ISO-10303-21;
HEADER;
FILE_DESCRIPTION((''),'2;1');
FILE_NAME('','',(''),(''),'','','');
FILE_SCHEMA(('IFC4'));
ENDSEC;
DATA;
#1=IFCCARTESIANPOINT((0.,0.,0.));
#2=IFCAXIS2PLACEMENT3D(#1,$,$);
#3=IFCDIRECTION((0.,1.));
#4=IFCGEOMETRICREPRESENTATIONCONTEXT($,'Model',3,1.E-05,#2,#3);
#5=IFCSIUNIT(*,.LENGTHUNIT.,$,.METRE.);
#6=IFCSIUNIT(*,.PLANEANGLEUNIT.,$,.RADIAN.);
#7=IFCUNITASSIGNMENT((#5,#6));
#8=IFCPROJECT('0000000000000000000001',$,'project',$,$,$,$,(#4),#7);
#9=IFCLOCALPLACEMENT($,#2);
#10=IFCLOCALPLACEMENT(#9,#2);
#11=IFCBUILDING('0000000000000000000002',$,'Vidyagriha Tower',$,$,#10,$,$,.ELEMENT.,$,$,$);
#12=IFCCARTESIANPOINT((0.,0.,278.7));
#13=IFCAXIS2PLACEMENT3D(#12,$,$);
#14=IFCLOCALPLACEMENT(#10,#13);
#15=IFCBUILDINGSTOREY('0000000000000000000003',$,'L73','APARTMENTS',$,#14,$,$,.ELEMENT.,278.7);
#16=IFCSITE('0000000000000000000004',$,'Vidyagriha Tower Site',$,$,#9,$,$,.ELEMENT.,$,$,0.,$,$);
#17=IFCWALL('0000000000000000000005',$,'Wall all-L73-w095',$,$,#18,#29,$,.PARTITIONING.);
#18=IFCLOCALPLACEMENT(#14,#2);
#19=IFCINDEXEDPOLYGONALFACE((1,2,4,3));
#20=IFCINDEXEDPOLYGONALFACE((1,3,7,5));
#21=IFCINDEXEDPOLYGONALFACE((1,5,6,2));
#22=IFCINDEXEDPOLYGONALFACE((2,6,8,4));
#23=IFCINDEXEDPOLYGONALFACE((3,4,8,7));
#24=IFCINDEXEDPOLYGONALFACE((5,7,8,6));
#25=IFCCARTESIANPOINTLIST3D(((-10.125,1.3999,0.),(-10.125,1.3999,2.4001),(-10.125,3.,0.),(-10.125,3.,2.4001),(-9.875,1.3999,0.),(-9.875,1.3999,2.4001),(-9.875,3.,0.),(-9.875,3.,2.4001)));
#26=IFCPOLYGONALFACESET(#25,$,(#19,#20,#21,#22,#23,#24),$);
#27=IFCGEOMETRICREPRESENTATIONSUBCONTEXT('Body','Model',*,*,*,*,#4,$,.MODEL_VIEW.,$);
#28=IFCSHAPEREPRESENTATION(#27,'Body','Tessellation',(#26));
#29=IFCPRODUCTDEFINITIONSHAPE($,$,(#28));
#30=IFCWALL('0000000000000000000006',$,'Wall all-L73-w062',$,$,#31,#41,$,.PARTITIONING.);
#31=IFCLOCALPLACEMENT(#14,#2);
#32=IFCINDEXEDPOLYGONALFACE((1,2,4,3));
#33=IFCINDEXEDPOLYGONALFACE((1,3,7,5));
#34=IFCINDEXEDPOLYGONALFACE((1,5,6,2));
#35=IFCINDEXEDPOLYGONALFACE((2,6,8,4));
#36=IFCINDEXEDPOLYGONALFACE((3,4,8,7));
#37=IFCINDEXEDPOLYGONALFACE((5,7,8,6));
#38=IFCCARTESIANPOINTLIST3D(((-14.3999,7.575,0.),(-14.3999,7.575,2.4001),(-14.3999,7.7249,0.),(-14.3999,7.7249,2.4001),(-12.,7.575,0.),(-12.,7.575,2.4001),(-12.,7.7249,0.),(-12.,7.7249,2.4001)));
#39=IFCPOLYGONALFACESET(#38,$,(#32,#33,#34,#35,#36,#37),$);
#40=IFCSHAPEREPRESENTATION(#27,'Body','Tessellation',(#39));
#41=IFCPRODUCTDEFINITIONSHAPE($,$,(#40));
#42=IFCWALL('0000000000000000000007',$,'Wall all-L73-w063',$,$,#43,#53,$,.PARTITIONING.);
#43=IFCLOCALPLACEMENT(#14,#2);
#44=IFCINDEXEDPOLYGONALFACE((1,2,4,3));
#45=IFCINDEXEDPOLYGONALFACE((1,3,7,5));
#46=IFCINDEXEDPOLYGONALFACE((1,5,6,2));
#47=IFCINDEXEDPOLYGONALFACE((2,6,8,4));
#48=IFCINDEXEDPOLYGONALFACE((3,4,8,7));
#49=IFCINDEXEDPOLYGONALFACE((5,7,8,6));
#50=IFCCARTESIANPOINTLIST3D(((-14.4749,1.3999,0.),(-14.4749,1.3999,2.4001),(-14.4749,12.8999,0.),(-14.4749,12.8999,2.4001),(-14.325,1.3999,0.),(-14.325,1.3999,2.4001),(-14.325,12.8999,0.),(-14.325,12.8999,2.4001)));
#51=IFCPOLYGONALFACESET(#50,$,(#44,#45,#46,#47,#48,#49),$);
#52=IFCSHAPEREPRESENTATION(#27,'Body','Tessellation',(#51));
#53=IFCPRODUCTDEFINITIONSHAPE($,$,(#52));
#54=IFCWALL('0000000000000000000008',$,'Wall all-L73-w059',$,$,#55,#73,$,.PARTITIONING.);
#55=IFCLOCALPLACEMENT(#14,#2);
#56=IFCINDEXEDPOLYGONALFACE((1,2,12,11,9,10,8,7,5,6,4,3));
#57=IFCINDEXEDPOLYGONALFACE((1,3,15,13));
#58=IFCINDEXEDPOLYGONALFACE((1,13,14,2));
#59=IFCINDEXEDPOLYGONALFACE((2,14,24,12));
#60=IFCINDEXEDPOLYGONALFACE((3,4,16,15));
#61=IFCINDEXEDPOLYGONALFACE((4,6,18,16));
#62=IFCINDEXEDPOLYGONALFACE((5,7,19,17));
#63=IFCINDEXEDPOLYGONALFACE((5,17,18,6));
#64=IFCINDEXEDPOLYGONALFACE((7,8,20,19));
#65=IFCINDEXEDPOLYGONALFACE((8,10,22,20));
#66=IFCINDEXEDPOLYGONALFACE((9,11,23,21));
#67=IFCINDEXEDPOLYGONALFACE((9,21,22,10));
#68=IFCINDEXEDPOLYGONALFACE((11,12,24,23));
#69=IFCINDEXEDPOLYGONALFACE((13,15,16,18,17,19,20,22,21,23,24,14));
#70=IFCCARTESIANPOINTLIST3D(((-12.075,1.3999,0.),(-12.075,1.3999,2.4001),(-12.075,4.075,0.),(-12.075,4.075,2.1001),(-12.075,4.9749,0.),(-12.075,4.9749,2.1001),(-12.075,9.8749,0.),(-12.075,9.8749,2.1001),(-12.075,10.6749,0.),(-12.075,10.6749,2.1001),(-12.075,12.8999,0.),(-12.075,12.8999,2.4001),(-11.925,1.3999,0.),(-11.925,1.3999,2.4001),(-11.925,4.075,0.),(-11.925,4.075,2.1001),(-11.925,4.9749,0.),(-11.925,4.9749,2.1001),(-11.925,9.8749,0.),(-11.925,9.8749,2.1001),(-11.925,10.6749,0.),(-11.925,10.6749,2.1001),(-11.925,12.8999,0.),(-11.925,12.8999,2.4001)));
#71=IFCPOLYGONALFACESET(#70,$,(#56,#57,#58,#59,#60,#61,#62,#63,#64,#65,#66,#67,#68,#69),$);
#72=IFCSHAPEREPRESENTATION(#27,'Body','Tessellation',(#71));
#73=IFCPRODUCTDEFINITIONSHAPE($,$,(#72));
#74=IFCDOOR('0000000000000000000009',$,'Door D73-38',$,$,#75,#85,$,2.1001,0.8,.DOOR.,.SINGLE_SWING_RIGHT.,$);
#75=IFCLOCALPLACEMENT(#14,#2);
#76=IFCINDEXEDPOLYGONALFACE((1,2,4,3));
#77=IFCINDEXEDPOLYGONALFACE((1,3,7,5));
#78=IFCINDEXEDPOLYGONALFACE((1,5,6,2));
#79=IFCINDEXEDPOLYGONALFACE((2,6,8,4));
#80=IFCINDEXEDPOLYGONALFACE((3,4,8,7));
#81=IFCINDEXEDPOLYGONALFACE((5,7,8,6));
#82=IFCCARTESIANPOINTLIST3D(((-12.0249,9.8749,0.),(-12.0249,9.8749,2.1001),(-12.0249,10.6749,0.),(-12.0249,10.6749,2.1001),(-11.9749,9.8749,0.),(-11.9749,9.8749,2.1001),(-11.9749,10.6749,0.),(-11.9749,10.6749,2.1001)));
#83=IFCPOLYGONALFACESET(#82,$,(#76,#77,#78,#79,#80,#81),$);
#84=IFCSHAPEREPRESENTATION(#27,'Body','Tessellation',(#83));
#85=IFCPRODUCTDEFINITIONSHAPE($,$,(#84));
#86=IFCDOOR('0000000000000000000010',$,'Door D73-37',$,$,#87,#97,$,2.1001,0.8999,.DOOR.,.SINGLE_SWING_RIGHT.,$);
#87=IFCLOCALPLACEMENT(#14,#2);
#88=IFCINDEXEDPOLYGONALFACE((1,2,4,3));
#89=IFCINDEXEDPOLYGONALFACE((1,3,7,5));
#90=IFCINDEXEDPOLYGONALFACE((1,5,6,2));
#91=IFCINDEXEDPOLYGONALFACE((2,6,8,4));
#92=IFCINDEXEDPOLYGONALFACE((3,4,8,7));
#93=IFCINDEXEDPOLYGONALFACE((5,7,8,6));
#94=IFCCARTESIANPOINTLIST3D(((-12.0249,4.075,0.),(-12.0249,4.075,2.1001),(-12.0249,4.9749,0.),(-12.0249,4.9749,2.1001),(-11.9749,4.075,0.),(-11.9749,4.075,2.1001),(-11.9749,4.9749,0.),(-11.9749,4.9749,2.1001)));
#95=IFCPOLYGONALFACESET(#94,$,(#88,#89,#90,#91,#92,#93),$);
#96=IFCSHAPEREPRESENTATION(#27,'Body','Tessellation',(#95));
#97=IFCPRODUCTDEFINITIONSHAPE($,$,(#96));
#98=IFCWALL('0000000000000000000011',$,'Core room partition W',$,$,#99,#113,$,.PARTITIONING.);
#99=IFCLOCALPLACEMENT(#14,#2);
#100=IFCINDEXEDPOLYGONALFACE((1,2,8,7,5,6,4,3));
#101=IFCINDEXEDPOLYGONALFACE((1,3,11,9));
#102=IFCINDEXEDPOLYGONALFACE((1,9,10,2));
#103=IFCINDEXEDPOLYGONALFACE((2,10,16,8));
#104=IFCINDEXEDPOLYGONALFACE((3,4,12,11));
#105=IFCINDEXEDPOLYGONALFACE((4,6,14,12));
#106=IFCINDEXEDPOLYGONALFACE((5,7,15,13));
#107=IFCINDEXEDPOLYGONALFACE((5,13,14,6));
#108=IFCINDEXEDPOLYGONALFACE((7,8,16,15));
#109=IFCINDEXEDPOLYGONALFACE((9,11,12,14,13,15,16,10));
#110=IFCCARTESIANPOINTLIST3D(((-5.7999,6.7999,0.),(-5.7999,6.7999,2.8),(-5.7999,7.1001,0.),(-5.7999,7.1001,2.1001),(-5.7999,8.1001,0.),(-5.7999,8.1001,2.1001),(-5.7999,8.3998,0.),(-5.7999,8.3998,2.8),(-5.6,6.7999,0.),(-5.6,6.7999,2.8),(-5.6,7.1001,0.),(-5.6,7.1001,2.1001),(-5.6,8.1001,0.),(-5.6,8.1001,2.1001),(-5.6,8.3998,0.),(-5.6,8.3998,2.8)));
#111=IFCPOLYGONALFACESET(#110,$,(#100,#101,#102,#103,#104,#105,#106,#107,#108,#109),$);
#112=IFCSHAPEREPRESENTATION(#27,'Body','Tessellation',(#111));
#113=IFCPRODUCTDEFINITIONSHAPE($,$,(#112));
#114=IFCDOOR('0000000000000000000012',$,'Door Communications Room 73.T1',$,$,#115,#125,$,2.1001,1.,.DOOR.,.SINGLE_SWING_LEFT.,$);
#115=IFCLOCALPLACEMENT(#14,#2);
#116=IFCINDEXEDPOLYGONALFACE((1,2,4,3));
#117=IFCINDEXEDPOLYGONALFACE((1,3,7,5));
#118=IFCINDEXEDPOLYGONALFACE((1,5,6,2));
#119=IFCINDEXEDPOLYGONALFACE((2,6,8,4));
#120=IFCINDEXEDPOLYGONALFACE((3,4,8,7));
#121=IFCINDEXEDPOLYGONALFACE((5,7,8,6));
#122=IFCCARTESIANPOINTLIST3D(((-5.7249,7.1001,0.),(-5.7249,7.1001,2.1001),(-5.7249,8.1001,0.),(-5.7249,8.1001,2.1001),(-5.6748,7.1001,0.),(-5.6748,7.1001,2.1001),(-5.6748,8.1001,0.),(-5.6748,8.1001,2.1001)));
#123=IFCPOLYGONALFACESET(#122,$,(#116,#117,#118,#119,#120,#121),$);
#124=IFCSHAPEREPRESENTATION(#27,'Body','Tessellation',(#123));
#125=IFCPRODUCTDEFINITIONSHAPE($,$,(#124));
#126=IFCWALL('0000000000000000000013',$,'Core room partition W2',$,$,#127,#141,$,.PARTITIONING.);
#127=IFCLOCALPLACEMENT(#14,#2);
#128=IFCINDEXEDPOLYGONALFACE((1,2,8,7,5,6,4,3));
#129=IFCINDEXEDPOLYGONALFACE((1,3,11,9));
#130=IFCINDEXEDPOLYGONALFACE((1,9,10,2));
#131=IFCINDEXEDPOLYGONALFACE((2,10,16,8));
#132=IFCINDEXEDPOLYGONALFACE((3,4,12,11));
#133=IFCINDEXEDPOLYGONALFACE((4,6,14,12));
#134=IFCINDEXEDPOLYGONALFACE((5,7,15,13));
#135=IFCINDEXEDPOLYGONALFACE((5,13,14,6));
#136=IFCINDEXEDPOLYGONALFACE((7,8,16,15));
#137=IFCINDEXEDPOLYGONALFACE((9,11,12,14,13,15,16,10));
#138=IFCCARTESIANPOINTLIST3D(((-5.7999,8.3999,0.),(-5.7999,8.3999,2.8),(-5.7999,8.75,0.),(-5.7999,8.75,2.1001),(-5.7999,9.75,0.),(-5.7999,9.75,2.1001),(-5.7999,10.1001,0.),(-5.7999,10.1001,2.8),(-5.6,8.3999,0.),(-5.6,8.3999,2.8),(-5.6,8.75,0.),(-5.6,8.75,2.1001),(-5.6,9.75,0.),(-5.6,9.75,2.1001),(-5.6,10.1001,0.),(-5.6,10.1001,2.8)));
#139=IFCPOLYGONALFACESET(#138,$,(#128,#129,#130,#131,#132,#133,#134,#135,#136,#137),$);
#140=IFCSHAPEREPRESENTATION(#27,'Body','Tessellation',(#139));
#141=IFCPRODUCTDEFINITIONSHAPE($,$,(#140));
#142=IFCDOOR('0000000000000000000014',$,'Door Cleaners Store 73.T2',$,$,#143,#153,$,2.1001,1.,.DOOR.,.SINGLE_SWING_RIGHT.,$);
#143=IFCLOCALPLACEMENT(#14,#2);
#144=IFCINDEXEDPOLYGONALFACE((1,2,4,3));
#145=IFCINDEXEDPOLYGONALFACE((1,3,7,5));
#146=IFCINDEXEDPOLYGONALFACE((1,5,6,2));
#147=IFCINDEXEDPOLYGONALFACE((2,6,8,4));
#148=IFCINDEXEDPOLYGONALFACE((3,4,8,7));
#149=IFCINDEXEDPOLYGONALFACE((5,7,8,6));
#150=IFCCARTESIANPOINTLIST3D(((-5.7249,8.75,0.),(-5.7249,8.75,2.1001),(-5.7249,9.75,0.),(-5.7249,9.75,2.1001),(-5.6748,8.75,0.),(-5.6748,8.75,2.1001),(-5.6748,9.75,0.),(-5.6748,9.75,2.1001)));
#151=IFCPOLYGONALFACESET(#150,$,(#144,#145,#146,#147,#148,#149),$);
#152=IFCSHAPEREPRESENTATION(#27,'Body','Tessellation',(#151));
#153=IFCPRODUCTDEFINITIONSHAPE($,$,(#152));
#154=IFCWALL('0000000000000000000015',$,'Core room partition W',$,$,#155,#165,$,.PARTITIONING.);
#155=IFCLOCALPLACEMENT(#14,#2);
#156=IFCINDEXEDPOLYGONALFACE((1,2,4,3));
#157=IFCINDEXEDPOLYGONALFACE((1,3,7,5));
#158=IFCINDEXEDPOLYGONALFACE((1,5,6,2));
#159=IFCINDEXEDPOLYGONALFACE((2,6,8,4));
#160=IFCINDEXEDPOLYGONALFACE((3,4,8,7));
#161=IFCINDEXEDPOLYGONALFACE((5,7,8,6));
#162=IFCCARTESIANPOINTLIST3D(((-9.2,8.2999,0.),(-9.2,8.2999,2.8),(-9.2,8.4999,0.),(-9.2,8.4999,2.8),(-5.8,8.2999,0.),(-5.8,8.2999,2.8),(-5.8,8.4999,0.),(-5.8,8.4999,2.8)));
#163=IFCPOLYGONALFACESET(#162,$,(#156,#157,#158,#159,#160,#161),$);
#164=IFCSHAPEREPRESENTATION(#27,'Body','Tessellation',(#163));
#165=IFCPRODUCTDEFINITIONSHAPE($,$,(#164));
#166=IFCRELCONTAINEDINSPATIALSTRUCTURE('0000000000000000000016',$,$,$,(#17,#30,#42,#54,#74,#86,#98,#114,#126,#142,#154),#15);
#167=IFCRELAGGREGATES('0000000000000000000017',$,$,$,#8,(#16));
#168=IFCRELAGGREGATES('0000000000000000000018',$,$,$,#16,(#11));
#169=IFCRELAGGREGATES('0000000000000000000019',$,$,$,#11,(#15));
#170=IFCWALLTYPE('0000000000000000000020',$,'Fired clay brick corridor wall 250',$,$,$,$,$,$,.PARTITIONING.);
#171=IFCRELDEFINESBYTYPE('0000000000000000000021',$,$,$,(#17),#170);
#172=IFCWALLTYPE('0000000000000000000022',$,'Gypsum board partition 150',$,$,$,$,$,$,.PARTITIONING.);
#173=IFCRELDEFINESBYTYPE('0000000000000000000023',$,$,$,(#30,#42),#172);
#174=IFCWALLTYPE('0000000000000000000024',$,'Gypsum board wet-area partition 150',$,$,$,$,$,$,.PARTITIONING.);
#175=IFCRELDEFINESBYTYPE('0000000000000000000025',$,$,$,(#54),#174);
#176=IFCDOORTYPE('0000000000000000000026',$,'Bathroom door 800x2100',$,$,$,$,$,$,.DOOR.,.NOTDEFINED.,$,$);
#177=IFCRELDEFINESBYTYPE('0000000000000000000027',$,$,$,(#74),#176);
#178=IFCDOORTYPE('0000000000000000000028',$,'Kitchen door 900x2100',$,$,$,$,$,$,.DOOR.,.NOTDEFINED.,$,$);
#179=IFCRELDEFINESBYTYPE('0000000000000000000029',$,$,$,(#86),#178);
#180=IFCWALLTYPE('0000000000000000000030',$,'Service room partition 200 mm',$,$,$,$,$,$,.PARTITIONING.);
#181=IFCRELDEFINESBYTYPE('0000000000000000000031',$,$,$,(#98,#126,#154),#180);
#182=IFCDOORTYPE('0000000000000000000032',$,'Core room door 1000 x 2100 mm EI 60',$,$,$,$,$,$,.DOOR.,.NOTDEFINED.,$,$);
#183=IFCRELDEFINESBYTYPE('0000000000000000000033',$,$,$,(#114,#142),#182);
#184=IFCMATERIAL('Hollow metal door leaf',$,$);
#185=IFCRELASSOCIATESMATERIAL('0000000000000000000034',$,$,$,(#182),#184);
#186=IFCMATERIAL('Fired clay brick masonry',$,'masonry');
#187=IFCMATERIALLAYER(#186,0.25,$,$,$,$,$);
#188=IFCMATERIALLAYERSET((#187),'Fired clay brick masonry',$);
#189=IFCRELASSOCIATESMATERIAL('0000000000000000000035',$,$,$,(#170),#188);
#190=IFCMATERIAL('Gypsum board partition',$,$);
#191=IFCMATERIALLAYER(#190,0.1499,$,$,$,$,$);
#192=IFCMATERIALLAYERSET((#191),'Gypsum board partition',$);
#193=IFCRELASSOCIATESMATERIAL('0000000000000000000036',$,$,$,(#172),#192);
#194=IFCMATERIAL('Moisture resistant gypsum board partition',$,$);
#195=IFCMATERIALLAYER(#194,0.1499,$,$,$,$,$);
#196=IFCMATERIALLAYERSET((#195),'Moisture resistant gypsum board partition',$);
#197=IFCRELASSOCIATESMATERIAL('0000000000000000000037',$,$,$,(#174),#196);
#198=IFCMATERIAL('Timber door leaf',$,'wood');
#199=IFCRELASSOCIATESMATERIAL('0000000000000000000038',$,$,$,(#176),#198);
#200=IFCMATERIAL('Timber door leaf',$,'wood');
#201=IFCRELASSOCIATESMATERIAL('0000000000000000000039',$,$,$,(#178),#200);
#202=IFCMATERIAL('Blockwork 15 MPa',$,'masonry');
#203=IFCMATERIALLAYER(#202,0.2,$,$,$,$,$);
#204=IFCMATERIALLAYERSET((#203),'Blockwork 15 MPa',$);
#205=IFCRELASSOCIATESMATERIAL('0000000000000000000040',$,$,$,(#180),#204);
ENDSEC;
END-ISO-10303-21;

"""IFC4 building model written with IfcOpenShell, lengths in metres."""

from ifc_helpers import new_model, si_unit, direction, frame, frame_2d, origin, place, context, subcontext, project, spatial, rectangle, extrude, material, layer, layer_set, type_object, element, fill, save


model = new_model("IFC4")

# Units and contexts
model_context = context("Model", 3, precision=1e-05, world=origin(), true_north=direction((0.0, 1.0)))
body_context = subcontext(model_context, "Body", "Model", "MODEL_VIEW")
ifc_project = project(units=[si_unit("LENGTHUNIT", "METRE"), si_unit("PLANEANGLEUNIT", "RADIAN")], contexts=[model_context])

# Site, building, storey
site_placement = place(None, origin())
site = spatial("IfcSite", under=ifc_project, at=site_placement, Name="Vidyagriha Tower Site", CompositionType="ELEMENT", RefElevation=0.0)
building_placement = place(site_placement, origin())
building = spatial("IfcBuilding", under=site, at=building_placement, Name="Vidyagriha Tower", CompositionType="ELEMENT")
storey_placement = place(building_placement, frame((0.0, 0.0, 278.7)))
storey = spatial("IfcBuildingStorey", under=building, at=storey_placement, Name="L73", Description="APARTMENTS", CompositionType="ELEMENT", Elevation=278.7)

# Shared definitions
ifc_material_1 = material(Name="Hollow metal door leaf")
door_type_1 = type_object("IfcDoorType", Name="Core room door 1000 x 2100 mm EI 60", OperationType="NOTDEFINED", PredefinedType="DOOR", material=ifc_material_1)

# Walls
ifc_material_2 = material(Name="Fired clay brick masonry", Category="masonry")
ifc_layer_1 = layer(ifc_material_2, 0.25)
ifc_layer_set_1 = layer_set([ifc_layer_1], Name="Fired clay brick masonry")
wall_type_1 = type_object("IfcWallType", Name="Fired clay brick corridor wall 250", PredefinedType="PARTITIONING", material=ifc_layer_set_1)
wall_1_placement = place(storey_placement, frame((-10.0, 3.0, 0.0), z_axis=(0.0, 0.0, 1.0), x_axis=(0.0, -1.0, 0.0)))
element("IfcWall", 1, at=wall_1_placement, inside=storey, type_object=wall_type_1, Name="Wall all-L73-w095", PredefinedType="PARTITIONING", context=body_context, shape_type="SweptSolid", body=[
    extrude(rectangle(XDim=1.6001, YDim=0.25, at=frame_2d((0.8, 0.0))), origin(), (0.0, 0.0, 1.0), 2.4001),
])
ifc_material_3 = material(Name="Gypsum board partition")
ifc_layer_2 = layer(ifc_material_3, 0.1499)
ifc_layer_set_2 = layer_set([ifc_layer_2], Name="Gypsum board partition")
wall_type_2 = type_object("IfcWallType", Name="Gypsum board partition 150", PredefinedType="PARTITIONING", material=ifc_layer_set_2)
wall_2_placement = place(storey_placement, frame((-14.3999, 7.6499, 0.0)))
element("IfcWall", 2, at=wall_2_placement, inside=storey, type_object=wall_type_2, Name="Wall all-L73-w062", PredefinedType="PARTITIONING", context=body_context, shape_type="SweptSolid", body=[
    extrude(rectangle(XDim=2.3999, YDim=0.1499, at=frame_2d((1.2, 0.0))), origin(), (0.0, 0.0, 1.0), 2.4001),
])
wall_3_placement = place(storey_placement, frame((-14.3999, 1.3999, 0.0), z_axis=(0.0, 0.0, 1.0), x_axis=(0.0, 1.0, 0.0)))
element("IfcWall", 3, at=wall_3_placement, inside=storey, type_object=wall_type_2, Name="Wall all-L73-w063", PredefinedType="PARTITIONING", context=body_context, shape_type="SweptSolid", body=[
    extrude(rectangle(XDim=11.5, YDim=0.1499, at=frame_2d((5.75, 0.0))), origin(), (0.0, 0.0, 1.0), 2.4001),
])

# Wall, openings, doors
ifc_material_4 = material(Name="Moisture resistant gypsum board partition")
ifc_layer_3 = layer(ifc_material_4, 0.1499)
ifc_layer_set_3 = layer_set([ifc_layer_3], Name="Moisture resistant gypsum board partition")
wall_type_3 = type_object("IfcWallType", Name="Gypsum board wet-area partition 150", PredefinedType="PARTITIONING", material=ifc_layer_set_3)
wall_4_placement = place(storey_placement, frame((-12.0, 1.3999, 0.0), z_axis=(0.0, 0.0, 1.0), x_axis=(0.0, 1.0, 0.0)))
wall_4 = element("IfcWall", 4, at=wall_4_placement, inside=storey, type_object=wall_type_3, Name="Wall all-L73-w059", PredefinedType="PARTITIONING", context=body_context, shape_type="SweptSolid", body=[
    extrude(rectangle(XDim=11.5, YDim=0.1499, at=frame_2d((5.75, 0.0))), origin(), (0.0, 0.0, 1.0), 2.4001),
])
opening_1_placement = place(wall_4_placement, frame((2.675, 0.0, 0.0)))
opening_1 = element("IfcOpeningElement", 5, at=opening_1_placement, cuts=wall_4, PredefinedType="OPENING", context=body_context, shape_type="SweptSolid", body=[
    extrude(rectangle(XDim=0.8999, YDim=2.1001, at=frame_2d((0.45, 1.05))), frame((0.0, 0.085, 0.0), z_axis=(0.0, -1.0, 0.0), x_axis=(1.0, 0.0, 0.0)), (0.0, 0.0, 1.0), 0.1699),
])
opening_2_placement = place(wall_4_placement, frame((8.4751, 0.0, 0.0)))
opening_2 = element("IfcOpeningElement", 6, at=opening_2_placement, cuts=wall_4, PredefinedType="OPENING", context=body_context, shape_type="SweptSolid", body=[
    extrude(rectangle(XDim=0.8, YDim=2.1001, at=frame_2d((0.3999, 1.05))), frame((0.0, 0.085, 0.0), z_axis=(0.0, -1.0, 0.0), x_axis=(1.0, 0.0, 0.0)), (0.0, 0.0, 1.0), 0.1699),
])
ifc_material_5 = material(Name="Timber door leaf", Category="wood")
door_type_2 = type_object("IfcDoorType", Name="Bathroom door 800x2100", OperationType="NOTDEFINED", PredefinedType="DOOR", material=ifc_material_5)
door_1_placement = place(opening_2_placement, origin())
door_1 = element("IfcDoor", 7, at=door_1_placement, inside=storey, type_object=door_type_2, Name="Door D73-38", OperationType="SINGLE_SWING_RIGHT", OverallHeight=2.1001, OverallWidth=0.8, PredefinedType="DOOR", context=body_context, shape_type="SweptSolid", body=[
    extrude(rectangle(XDim=0.8, YDim=2.1001, at=frame_2d((0.3999, 1.05))), frame((0.0, 0.0249, 0.0), z_axis=(0.0, -1.0, 0.0), x_axis=(1.0, 0.0, 0.0)), (0.0, 0.0, 1.0), 0.05),
])
fill(opening_2, door_1)
ifc_material_6 = material(Name="Timber door leaf", Category="wood")
door_type_3 = type_object("IfcDoorType", Name="Kitchen door 900x2100", OperationType="NOTDEFINED", PredefinedType="DOOR", material=ifc_material_6)
door_2_placement = place(opening_1_placement, origin())
door_2 = element("IfcDoor", 8, at=door_2_placement, inside=storey, type_object=door_type_3, Name="Door D73-37", OperationType="SINGLE_SWING_RIGHT", OverallHeight=2.1001, OverallWidth=0.8999, PredefinedType="DOOR", context=body_context, shape_type="SweptSolid", body=[
    extrude(rectangle(XDim=0.8999, YDim=2.1001, at=frame_2d((0.45, 1.05))), frame((0.0, 0.0249, 0.0), z_axis=(0.0, -1.0, 0.0), x_axis=(1.0, 0.0, 0.0)), (0.0, 0.0, 1.0), 0.05),
])
fill(opening_1, door_2)

# Walls, openings, doors
ifc_material_7 = material(Name="Blockwork 15 MPa", Category="masonry")
ifc_layer_4 = layer(ifc_material_7, 0.2)
ifc_layer_set_4 = layer_set([ifc_layer_4], Name="Blockwork 15 MPa")
wall_type_4 = type_object("IfcWallType", Name="Service room partition 200 mm", PredefinedType="PARTITIONING", material=ifc_layer_set_4)
wall_5_placement = place(storey_placement, frame((-5.7, 6.8, 0.0), z_axis=(0.0, 0.0, 1.0), x_axis=(0.0, 1.0, 0.0)))
wall_5 = element("IfcWall", 9, at=wall_5_placement, inside=storey, type_object=wall_type_4, Name="Core room partition W", PredefinedType="PARTITIONING", context=body_context, shape_type="SweptSolid", body=[
    extrude(rectangle(XDim=1.5999, YDim=0.2, at=frame_2d((0.7998, 0.0))), origin(), (0.0, 0.0, 1.0), 2.8),
])
opening_3_placement = place(wall_5_placement, frame((0.3, 0.0, 0.0)))
opening_3 = element("IfcOpeningElement", 10, at=opening_3_placement, cuts=wall_5, PredefinedType="OPENING", context=body_context, shape_type="SweptSolid", body=[
    extrude(rectangle(XDim=1.0, YDim=2.1001, at=frame_2d((0.5, 1.05))), frame((0.0, 0.1099, 0.0), z_axis=(0.0, -1.0, 0.0), x_axis=(1.0, 0.0, 0.0)), (0.0, 0.0, 1.0), 0.22),
])
door_3_placement = place(opening_3_placement, origin())
door_3 = element("IfcDoor", 11, at=door_3_placement, inside=storey, type_object=door_type_1, Name="Door Communications Room 73.T1", OperationType="SINGLE_SWING_LEFT", OverallHeight=2.1001, OverallWidth=1.0, PredefinedType="DOOR", context=body_context, shape_type="SweptSolid", body=[
    extrude(rectangle(XDim=1.0, YDim=2.1001, at=frame_2d((0.5, 1.05))), frame((0.0, 0.0249, 0.0), z_axis=(0.0, -1.0, 0.0), x_axis=(1.0, 0.0, 0.0)), (0.0, 0.0, 1.0), 0.05),
])
fill(opening_3, door_3)
wall_6_placement = place(storey_placement, frame((-5.7, 8.3999, 0.0), z_axis=(0.0, 0.0, 1.0), x_axis=(0.0, 1.0, 0.0)))
wall_6 = element("IfcWall", 12, at=wall_6_placement, inside=storey, type_object=wall_type_4, Name="Core room partition W2", PredefinedType="PARTITIONING", context=body_context, shape_type="SweptSolid", body=[
    extrude(rectangle(XDim=1.7002, YDim=0.2, at=frame_2d((0.8501, 0.0))), origin(), (0.0, 0.0, 1.0), 2.8),
])
opening_4_placement = place(wall_6_placement, frame((0.3501, 0.0, 0.0)))
opening_4 = element("IfcOpeningElement", 13, at=opening_4_placement, cuts=wall_6, PredefinedType="OPENING", context=body_context, shape_type="SweptSolid", body=[
    extrude(rectangle(XDim=1.0, YDim=2.1001, at=frame_2d((0.5, 1.05))), frame((0.0, 0.1099, 0.0), z_axis=(0.0, -1.0, 0.0), x_axis=(1.0, 0.0, 0.0)), (0.0, 0.0, 1.0), 0.22),
])
door_4_placement = place(opening_4_placement, origin())
door_4 = element("IfcDoor", 14, at=door_4_placement, inside=storey, type_object=door_type_1, Name="Door Cleaners Store 73.T2", OperationType="SINGLE_SWING_RIGHT", OverallHeight=2.1001, OverallWidth=1.0, PredefinedType="DOOR", context=body_context, shape_type="SweptSolid", body=[
    extrude(rectangle(XDim=1.0, YDim=2.1001, at=frame_2d((0.5, 1.05))), frame((0.0, 0.0249, 0.0), z_axis=(0.0, -1.0, 0.0), x_axis=(1.0, 0.0, 0.0)), (0.0, 0.0, 1.0), 0.05),
])
fill(opening_4, door_4)

# Wall
wall_7_placement = place(storey_placement, frame((-9.2, 8.3999, 0.0)))
element("IfcWall", 15, at=wall_7_placement, inside=storey, type_object=wall_type_4, Name="Core room partition W", PredefinedType="PARTITIONING", context=body_context, shape_type="SweptSolid", body=[
    extrude(rectangle(XDim=3.3999, YDim=0.2, at=frame_2d((1.7, 0.0))), origin(), (0.0, 0.0, 1.0), 2.8),
])

save(model, "model.ifc")
